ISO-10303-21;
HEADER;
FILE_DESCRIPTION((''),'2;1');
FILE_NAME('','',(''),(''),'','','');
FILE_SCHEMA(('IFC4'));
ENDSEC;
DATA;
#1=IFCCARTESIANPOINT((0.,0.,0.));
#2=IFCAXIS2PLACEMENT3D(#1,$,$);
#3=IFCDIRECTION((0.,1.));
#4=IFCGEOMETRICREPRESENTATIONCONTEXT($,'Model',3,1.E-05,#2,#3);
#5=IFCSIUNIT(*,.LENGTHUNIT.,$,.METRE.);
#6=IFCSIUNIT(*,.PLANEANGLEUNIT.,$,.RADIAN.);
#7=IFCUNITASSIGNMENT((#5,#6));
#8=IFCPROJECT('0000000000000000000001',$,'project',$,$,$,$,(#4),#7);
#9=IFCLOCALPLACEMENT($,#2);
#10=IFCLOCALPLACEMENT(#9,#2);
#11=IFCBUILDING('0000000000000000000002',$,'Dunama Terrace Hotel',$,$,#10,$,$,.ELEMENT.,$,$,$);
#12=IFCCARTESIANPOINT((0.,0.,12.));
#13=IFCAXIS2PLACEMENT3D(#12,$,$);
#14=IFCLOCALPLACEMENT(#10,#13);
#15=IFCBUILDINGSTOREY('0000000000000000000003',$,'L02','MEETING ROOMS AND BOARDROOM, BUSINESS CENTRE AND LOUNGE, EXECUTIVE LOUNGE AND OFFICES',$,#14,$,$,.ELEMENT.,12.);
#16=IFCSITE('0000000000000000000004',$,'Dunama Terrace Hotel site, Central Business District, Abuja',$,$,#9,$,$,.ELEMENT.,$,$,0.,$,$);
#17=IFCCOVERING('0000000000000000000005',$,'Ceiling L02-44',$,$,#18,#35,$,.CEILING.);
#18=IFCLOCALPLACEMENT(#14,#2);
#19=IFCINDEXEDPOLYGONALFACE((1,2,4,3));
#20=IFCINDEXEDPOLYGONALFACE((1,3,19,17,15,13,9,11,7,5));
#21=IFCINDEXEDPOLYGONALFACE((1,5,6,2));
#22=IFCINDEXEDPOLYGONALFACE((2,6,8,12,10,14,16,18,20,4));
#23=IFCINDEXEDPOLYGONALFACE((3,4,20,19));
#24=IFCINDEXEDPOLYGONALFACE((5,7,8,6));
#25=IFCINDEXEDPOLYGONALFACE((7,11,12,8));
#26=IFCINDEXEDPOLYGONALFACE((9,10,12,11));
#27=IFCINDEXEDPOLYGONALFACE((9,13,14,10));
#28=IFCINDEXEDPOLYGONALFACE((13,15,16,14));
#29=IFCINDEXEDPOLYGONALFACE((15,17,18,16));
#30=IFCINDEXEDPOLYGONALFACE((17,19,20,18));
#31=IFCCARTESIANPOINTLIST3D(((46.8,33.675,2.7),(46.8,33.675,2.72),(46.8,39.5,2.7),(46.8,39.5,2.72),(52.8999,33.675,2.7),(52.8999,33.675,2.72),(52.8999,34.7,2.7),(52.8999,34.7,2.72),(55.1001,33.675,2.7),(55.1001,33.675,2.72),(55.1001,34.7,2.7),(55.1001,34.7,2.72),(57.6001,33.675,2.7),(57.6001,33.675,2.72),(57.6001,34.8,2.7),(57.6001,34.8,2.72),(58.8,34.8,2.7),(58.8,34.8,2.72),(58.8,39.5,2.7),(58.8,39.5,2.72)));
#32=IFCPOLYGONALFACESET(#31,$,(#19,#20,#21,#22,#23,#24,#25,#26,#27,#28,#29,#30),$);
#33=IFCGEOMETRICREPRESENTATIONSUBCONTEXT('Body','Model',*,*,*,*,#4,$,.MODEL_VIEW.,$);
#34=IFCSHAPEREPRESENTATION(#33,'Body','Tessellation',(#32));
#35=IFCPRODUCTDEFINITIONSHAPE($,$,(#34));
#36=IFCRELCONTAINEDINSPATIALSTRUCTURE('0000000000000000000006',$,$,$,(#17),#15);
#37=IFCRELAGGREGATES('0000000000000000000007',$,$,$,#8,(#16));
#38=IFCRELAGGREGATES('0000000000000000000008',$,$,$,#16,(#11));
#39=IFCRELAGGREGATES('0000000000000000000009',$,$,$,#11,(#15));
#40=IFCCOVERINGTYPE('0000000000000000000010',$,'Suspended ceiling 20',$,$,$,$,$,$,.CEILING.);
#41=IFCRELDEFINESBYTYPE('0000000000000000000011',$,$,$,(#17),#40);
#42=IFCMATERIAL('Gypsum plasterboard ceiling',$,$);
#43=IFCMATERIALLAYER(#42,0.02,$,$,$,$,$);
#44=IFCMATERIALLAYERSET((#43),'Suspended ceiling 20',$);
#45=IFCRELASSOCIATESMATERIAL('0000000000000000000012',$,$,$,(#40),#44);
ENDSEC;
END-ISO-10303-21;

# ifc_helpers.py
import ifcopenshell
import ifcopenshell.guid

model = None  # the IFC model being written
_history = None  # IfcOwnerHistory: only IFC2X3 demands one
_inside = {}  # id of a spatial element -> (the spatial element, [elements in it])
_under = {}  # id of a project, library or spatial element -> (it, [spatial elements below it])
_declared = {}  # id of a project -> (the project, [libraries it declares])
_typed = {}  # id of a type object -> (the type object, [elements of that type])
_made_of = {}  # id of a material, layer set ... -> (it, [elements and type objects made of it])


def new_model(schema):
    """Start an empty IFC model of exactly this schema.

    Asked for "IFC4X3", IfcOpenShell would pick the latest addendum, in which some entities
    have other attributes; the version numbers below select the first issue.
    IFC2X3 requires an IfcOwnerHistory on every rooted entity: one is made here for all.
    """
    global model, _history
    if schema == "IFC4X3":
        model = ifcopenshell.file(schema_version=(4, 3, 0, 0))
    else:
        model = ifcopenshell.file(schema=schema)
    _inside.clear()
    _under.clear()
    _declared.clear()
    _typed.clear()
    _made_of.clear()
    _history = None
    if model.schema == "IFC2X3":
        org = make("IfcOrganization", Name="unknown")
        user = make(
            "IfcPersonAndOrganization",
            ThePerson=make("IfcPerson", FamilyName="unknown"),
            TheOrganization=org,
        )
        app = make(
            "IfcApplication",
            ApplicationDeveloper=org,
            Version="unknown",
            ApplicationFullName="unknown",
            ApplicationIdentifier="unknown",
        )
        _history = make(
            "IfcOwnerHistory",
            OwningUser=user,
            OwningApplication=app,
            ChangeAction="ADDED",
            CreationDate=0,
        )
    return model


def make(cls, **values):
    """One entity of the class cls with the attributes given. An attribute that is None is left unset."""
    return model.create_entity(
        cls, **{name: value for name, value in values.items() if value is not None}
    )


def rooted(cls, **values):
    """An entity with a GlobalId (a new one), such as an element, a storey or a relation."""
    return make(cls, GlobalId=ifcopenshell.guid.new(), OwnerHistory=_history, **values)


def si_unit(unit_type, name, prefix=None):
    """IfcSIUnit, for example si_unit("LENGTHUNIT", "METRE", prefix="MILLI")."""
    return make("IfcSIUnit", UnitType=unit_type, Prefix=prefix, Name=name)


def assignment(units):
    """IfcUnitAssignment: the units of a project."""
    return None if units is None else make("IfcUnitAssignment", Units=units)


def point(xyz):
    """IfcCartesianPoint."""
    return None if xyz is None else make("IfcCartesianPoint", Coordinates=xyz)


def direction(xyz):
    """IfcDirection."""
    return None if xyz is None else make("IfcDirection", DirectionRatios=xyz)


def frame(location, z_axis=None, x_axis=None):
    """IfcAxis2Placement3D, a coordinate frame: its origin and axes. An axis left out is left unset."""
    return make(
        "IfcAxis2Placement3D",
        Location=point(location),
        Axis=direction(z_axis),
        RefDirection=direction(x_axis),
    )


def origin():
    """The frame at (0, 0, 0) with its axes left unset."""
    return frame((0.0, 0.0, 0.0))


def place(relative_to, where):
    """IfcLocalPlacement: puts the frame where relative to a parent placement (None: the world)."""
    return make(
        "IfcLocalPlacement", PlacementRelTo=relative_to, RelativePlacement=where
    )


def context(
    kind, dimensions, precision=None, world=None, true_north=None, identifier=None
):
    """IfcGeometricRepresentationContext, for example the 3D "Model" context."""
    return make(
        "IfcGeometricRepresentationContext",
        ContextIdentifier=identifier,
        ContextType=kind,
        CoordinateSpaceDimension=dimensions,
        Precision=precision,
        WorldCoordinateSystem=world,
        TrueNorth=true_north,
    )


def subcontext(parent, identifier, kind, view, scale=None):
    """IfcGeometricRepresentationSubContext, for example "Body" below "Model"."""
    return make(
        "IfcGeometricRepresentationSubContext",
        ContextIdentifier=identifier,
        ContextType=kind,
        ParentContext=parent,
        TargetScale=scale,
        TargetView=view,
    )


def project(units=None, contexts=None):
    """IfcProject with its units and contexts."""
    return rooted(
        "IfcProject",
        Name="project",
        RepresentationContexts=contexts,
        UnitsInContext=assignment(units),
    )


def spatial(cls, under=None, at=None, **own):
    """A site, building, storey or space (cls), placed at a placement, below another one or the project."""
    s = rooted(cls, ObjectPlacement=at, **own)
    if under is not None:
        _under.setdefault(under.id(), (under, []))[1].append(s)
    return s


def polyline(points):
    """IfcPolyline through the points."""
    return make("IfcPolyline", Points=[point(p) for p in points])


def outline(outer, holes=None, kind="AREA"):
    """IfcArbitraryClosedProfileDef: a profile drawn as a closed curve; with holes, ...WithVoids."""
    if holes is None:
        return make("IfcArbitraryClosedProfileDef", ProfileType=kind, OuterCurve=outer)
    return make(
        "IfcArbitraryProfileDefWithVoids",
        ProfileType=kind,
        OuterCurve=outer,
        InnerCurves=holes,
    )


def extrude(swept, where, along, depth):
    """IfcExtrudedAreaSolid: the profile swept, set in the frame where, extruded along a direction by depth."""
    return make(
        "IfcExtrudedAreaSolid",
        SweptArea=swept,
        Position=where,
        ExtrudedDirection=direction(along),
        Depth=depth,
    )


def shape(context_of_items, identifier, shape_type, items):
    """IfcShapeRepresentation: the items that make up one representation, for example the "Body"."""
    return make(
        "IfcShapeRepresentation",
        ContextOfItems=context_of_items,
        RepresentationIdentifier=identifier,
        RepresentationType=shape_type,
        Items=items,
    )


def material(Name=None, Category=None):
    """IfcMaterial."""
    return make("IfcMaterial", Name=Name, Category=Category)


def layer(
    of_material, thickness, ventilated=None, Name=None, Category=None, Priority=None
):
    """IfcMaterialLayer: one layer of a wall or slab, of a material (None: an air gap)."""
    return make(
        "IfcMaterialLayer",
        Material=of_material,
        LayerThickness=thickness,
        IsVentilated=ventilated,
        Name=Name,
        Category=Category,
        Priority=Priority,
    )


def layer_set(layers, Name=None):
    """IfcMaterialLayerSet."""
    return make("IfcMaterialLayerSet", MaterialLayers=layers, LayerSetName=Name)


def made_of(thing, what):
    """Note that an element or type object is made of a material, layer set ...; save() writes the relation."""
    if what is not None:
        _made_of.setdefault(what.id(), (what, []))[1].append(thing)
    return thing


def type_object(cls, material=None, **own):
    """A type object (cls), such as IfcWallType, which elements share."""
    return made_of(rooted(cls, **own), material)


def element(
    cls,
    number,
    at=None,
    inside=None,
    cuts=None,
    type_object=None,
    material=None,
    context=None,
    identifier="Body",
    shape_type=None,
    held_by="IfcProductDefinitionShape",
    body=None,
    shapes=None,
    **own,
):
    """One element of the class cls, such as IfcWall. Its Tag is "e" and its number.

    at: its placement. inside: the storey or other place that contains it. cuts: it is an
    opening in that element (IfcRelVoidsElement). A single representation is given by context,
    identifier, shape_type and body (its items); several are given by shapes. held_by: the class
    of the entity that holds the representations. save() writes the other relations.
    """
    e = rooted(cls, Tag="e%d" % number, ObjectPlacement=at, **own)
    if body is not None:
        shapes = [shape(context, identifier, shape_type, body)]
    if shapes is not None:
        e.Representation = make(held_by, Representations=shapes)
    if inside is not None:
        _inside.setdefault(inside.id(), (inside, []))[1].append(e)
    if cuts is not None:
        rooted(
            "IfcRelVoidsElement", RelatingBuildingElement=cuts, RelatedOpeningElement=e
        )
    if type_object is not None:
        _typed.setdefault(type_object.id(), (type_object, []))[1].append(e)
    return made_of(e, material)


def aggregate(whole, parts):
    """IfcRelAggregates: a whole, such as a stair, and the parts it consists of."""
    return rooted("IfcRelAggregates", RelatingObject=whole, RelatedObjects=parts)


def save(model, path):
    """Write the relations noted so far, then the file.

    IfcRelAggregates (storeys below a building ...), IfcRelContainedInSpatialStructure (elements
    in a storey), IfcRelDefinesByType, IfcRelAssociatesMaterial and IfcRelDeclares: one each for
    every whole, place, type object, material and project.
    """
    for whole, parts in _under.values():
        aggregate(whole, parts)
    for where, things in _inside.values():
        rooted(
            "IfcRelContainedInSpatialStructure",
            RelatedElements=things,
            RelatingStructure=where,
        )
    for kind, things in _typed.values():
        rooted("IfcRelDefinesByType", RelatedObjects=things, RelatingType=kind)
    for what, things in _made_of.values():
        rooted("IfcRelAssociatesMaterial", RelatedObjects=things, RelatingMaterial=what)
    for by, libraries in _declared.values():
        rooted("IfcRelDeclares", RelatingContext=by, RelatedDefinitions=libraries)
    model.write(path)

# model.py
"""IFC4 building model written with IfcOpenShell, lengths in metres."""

from ifc_helpers import new_model, si_unit, direction, frame, origin, place, context, subcontext, project, spatial, polyline, outline, extrude, material, layer, layer_set, type_object, element, save


model = new_model("IFC4")

# Units and contexts
model_context = context("Model", 3, precision=1e-05, world=origin(), true_north=direction((0.0, 1.0)))
body_context = subcontext(model_context, "Body", "Model", "MODEL_VIEW")
ifc_project = project(units=[si_unit("LENGTHUNIT", "METRE"), si_unit("PLANEANGLEUNIT", "RADIAN")], contexts=[model_context])

# Site, building, storey
site_placement = place(None, origin())
site = spatial("IfcSite", under=ifc_project, at=site_placement, Name="Dunama Terrace Hotel site, Central Business District, Abuja", CompositionType="ELEMENT", RefElevation=0.0)
building_placement = place(site_placement, origin())
building = spatial("IfcBuilding", under=site, at=building_placement, Name="Dunama Terrace Hotel", CompositionType="ELEMENT")
storey_placement = place(building_placement, frame((0.0, 0.0, 12.0)))
storey = spatial("IfcBuildingStorey", under=building, at=storey_placement, Name="L02", Description="MEETING ROOMS AND BOARDROOM, BUSINESS CENTRE AND LOUNGE, EXECUTIVE LOUNGE AND OFFICES", CompositionType="ELEMENT", Elevation=12.0)

# Covering
ifc_material_1 = material(Name="Gypsum plasterboard ceiling")
ifc_layer_1 = layer(ifc_material_1, 0.02)
ifc_layer_set_1 = layer_set([ifc_layer_1], Name="Suspended ceiling 20")
covering_type_1 = type_object("IfcCoveringType", Name="Suspended ceiling 20", PredefinedType="CEILING", material=ifc_layer_set_1)
covering_1_placement = place(storey_placement, frame((0.0, 0.0, 2.7)))
element("IfcCovering", 1, at=covering_1_placement, inside=storey, type_object=covering_type_1, Name="Ceiling L02-44", PredefinedType="CEILING", context=body_context, shape_type="SweptSolid", body=[
    extrude(outline(polyline([(57.6001, 34.8), (58.8, 34.8), (58.8, 39.5), (46.8, 39.5), (46.8, 33.675), (52.8999, 33.675), (52.8999, 34.7), (55.1001, 34.7), (55.1001, 33.675), (57.6001, 33.675), (57.6001, 34.8)])), origin(), (0.0, 0.0, 1.0), 0.02),
])

save(model, "model.ifc")
